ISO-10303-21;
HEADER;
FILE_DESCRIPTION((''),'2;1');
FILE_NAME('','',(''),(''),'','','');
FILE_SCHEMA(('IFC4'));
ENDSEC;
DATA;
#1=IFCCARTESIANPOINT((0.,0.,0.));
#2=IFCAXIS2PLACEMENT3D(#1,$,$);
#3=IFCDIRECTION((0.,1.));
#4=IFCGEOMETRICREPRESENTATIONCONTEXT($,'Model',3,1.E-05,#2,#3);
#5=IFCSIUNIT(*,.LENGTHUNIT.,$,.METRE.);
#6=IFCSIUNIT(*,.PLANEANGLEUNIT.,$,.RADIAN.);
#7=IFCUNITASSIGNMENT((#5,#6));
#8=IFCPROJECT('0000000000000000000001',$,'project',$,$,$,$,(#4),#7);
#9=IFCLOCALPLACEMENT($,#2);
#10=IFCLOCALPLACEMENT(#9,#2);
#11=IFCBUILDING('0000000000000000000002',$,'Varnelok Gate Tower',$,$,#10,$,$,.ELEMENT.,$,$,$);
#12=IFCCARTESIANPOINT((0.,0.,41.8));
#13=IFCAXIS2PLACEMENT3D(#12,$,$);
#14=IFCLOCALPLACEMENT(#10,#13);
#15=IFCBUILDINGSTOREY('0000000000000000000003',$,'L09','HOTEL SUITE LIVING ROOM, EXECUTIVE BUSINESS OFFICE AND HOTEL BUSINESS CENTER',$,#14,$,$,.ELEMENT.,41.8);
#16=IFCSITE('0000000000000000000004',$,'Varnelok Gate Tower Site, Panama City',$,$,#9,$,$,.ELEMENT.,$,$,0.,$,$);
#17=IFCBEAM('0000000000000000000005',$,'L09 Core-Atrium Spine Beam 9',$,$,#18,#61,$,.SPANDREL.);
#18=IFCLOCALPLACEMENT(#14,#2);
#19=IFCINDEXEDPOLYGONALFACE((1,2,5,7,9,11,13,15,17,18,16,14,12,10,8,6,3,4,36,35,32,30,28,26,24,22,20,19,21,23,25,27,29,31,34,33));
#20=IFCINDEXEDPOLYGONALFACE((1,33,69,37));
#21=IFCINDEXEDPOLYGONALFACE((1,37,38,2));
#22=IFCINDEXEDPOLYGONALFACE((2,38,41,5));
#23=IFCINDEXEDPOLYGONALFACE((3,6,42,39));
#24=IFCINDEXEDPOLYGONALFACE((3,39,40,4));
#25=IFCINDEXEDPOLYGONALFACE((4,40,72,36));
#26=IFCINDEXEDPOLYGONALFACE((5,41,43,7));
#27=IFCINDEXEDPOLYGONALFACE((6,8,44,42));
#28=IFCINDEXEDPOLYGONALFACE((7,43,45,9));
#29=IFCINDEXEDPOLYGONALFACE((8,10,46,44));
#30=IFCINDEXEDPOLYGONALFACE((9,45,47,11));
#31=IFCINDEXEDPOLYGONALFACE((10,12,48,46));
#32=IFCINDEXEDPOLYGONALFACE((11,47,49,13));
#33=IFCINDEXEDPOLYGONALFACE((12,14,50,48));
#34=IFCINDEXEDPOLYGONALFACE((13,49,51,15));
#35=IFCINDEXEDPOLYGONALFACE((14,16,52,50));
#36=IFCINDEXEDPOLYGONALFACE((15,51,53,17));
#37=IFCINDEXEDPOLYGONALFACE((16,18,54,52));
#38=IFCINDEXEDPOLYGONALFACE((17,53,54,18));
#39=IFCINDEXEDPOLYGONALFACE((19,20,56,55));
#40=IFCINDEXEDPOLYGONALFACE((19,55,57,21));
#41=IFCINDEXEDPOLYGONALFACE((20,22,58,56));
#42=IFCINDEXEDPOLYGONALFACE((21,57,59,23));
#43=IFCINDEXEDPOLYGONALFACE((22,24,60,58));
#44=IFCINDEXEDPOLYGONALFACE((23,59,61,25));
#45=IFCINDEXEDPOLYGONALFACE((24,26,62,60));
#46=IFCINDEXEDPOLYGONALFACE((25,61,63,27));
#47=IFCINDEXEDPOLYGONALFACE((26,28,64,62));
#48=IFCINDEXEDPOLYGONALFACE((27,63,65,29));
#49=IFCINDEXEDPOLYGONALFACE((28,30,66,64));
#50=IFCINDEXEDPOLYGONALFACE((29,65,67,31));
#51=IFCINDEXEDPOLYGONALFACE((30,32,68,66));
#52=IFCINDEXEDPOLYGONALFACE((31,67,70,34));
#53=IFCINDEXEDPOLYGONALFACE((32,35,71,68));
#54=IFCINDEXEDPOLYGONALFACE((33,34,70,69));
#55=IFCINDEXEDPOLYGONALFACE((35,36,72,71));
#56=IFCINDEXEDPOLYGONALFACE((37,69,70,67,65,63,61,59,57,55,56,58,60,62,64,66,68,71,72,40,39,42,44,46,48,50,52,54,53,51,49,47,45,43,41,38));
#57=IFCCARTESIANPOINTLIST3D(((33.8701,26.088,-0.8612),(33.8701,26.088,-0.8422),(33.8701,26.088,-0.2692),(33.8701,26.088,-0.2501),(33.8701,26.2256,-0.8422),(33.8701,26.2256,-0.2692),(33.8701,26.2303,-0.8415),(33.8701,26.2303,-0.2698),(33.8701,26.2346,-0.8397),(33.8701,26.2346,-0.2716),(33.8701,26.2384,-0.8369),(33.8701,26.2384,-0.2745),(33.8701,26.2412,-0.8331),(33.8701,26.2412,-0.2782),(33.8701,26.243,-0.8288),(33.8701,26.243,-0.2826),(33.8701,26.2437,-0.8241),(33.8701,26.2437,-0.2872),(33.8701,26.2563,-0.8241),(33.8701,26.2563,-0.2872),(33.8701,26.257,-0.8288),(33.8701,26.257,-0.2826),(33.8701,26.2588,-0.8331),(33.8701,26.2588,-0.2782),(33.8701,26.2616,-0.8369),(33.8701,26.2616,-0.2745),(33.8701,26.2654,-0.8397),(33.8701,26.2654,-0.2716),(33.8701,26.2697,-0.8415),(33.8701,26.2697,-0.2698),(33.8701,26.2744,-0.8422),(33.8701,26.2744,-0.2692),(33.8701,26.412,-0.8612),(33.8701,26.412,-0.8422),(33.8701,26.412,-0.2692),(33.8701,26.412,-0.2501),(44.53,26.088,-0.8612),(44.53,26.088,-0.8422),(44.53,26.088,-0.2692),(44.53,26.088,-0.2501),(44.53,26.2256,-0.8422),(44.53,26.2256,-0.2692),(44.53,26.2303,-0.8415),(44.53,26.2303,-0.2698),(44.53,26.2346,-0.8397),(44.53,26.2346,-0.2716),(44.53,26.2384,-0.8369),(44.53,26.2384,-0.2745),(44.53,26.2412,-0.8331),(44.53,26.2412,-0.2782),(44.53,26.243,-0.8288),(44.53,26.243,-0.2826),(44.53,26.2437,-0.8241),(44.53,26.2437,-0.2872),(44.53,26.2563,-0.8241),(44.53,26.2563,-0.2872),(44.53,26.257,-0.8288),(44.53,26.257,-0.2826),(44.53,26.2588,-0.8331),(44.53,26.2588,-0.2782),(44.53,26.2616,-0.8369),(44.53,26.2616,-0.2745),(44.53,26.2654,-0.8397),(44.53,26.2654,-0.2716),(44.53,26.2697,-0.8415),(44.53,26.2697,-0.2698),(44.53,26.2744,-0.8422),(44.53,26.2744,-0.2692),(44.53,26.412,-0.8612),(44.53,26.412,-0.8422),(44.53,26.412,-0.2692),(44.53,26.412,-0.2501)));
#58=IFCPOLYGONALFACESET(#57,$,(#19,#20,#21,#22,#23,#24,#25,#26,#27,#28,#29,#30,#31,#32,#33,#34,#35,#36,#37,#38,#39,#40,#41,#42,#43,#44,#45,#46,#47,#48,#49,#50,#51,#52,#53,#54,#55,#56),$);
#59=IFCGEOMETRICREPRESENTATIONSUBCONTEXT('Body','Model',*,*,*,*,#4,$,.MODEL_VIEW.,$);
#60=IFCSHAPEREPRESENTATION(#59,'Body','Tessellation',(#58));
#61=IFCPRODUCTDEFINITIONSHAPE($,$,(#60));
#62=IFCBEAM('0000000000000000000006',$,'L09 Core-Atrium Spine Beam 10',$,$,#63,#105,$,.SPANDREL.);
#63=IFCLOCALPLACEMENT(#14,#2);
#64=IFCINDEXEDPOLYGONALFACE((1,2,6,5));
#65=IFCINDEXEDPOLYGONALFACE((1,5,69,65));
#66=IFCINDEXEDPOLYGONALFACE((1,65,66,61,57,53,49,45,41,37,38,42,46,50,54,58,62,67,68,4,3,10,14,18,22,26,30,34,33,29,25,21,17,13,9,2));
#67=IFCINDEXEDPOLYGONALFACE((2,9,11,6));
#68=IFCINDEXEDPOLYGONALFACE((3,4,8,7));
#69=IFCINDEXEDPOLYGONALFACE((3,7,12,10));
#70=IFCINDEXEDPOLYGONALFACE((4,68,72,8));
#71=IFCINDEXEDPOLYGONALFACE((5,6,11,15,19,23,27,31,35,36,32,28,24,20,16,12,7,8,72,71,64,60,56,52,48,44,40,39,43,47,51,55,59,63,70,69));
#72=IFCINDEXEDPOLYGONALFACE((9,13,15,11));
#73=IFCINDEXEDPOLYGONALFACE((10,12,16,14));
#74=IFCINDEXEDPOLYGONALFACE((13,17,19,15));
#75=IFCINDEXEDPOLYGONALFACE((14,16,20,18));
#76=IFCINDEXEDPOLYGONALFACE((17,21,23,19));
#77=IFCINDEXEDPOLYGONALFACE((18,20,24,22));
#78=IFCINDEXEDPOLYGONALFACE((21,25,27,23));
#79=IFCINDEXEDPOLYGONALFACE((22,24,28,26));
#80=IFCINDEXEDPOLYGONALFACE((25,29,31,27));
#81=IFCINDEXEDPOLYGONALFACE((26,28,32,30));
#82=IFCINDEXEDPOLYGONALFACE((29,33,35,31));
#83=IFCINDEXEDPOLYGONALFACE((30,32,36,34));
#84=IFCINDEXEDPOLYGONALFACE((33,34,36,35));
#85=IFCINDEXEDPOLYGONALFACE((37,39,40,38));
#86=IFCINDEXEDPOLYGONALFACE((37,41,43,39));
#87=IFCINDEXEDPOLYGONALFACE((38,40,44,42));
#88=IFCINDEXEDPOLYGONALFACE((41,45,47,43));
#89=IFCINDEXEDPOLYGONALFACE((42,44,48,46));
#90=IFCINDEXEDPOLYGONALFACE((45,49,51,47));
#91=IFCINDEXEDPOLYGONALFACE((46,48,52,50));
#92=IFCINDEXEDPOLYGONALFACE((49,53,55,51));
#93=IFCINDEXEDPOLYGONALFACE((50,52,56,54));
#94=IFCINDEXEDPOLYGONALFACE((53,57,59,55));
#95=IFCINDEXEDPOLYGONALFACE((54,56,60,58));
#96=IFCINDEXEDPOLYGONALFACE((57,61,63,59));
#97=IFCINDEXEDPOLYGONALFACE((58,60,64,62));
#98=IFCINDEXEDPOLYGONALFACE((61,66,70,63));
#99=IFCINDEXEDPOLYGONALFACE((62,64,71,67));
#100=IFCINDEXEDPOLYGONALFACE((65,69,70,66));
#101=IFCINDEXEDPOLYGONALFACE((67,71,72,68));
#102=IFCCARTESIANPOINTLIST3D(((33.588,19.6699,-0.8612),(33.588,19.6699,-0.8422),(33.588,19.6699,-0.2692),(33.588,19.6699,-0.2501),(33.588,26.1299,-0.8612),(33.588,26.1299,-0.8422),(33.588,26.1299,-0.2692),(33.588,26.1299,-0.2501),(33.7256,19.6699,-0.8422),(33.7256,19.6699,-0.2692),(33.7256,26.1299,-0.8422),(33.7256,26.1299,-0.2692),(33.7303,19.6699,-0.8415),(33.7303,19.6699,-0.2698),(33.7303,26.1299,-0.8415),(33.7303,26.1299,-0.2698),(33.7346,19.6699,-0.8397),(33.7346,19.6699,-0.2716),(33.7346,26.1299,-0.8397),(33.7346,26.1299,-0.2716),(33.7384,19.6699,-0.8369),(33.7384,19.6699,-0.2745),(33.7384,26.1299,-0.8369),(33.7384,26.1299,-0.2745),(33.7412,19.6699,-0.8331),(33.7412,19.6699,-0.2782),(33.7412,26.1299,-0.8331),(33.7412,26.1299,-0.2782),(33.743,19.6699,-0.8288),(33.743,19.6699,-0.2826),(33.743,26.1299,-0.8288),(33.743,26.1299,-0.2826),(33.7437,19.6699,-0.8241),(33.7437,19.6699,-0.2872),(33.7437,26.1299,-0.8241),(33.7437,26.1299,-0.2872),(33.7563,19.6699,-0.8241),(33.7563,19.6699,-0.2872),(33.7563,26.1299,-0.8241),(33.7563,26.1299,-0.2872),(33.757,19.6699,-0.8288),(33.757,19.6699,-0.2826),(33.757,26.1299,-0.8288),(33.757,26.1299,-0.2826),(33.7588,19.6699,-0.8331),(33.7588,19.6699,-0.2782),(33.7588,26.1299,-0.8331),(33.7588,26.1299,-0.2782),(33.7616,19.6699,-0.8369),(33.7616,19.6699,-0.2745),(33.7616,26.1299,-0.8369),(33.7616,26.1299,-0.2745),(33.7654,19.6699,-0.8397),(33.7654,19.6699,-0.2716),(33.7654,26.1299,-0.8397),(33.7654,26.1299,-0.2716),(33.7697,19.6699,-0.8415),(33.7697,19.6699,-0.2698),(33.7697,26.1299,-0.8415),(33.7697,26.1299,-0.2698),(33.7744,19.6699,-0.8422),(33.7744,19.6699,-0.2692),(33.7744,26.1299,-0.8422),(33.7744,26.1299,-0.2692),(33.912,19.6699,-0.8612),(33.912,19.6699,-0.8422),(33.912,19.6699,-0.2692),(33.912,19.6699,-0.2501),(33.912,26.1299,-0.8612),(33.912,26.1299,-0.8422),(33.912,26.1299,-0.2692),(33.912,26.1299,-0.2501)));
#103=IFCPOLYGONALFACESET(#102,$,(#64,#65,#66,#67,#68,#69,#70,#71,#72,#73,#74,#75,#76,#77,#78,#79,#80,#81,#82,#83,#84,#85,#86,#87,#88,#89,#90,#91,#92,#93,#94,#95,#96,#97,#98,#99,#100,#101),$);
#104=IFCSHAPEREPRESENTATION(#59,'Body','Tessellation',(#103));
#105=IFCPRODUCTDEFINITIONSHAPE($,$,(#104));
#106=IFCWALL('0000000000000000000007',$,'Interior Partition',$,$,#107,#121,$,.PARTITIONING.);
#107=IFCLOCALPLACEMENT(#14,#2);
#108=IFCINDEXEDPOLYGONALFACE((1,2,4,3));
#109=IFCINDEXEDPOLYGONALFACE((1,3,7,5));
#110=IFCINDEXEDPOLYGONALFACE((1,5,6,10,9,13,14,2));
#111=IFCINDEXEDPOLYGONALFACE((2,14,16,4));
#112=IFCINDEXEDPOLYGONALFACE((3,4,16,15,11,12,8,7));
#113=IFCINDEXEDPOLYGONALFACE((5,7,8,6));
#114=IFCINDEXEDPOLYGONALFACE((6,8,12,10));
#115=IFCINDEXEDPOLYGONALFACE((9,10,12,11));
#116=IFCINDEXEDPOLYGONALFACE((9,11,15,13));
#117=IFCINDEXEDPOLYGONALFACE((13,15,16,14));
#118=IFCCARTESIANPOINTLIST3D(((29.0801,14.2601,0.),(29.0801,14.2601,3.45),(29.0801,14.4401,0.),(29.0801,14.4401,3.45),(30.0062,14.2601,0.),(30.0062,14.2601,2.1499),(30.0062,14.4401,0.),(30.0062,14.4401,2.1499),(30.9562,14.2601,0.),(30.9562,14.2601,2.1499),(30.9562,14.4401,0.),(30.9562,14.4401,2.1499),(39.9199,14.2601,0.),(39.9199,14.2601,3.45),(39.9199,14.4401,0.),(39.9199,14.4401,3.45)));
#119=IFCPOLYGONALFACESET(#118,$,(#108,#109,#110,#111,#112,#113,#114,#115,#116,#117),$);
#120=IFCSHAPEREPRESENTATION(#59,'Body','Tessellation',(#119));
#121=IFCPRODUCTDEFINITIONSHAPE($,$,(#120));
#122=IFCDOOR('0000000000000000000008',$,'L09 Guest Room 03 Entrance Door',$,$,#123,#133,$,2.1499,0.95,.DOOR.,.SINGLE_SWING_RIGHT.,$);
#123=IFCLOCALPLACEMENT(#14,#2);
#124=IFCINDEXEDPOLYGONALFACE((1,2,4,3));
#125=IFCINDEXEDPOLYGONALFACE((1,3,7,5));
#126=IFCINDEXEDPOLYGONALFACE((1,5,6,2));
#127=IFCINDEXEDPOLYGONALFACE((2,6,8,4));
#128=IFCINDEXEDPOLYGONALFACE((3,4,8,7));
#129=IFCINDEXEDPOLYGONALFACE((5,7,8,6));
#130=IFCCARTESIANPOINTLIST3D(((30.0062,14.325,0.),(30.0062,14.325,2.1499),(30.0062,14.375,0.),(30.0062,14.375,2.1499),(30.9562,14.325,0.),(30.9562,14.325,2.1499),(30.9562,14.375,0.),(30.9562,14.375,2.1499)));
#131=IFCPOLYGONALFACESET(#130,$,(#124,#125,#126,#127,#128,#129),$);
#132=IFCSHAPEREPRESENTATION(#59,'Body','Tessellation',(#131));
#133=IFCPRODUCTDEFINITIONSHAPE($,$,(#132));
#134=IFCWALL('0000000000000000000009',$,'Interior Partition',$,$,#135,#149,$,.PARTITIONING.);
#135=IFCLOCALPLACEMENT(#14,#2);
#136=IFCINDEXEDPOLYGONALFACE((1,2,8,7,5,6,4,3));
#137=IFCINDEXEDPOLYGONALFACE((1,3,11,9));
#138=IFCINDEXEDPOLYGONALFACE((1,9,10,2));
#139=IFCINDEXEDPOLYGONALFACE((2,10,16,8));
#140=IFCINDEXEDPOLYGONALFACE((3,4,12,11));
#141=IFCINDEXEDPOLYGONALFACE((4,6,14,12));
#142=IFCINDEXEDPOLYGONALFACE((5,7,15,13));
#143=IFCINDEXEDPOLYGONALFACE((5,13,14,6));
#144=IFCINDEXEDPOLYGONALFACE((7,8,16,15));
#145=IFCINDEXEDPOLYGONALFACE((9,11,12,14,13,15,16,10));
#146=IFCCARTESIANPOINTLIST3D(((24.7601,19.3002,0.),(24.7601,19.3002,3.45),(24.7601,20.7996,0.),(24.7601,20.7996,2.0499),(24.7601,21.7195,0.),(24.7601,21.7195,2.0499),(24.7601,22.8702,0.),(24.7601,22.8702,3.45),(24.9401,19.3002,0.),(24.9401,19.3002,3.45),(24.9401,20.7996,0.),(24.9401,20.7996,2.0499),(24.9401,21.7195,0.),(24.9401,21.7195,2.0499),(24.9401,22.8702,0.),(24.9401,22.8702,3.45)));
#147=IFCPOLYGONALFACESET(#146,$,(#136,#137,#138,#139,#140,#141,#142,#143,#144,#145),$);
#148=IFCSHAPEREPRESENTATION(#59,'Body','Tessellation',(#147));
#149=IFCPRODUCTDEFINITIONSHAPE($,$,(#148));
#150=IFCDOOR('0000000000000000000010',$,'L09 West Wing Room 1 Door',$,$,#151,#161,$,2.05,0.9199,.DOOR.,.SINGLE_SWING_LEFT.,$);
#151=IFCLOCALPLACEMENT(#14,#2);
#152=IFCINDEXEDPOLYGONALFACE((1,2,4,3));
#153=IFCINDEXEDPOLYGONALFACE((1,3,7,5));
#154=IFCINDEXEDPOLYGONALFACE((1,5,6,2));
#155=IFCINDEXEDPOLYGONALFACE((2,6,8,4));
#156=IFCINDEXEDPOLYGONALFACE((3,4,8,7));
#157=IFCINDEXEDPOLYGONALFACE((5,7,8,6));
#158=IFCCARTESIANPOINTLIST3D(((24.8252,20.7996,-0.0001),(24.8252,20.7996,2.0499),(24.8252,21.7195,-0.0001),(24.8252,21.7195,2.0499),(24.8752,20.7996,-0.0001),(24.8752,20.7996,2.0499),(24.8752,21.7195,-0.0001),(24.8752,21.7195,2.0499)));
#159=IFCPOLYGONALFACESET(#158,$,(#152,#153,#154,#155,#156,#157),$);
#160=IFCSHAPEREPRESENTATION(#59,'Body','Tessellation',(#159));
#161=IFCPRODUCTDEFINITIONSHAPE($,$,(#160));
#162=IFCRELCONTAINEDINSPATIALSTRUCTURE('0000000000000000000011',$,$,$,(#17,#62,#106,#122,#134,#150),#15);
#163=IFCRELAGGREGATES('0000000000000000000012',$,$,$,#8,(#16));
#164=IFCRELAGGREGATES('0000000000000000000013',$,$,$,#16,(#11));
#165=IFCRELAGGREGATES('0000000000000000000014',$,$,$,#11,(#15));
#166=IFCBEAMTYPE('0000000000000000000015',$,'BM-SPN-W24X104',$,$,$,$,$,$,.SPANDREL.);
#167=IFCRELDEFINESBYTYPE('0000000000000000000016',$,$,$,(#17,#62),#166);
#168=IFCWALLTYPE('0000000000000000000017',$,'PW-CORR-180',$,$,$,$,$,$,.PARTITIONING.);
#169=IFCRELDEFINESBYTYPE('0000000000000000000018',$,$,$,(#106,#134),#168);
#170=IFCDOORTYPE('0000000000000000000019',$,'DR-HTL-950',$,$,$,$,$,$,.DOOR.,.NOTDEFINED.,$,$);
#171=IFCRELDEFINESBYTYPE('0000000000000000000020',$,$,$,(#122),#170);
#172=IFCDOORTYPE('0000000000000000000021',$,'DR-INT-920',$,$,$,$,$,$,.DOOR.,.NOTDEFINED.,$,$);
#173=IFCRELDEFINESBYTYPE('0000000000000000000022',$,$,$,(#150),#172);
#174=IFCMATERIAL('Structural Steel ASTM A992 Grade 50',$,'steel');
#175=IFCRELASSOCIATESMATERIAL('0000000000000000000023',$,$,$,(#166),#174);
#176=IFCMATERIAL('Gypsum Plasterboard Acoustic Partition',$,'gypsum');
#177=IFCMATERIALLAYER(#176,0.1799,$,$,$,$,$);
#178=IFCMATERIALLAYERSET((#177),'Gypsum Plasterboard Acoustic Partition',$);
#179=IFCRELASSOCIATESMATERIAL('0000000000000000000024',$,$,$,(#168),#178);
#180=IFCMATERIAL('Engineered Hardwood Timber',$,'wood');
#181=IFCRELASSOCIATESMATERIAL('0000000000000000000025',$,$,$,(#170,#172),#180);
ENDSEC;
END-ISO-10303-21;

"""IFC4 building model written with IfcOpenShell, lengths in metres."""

from ifc_helpers import new_model, si_unit, direction, frame, frame_2d, origin, origin_2d, place, context, subcontext, project, spatial, rectangle, i_section, extrude, material, layer, layer_set, material_profile, profile_set, type_object, element, fill, save


model = new_model("IFC4")

# Units and contexts
model_context = context("Model", 3, precision=1e-05, world=origin(), true_north=direction((0.0, 1.0)))
body_context = subcontext(model_context, "Body", "Model", "MODEL_VIEW")
ifc_project = project(units=[si_unit("LENGTHUNIT", "METRE"), si_unit("PLANEANGLEUNIT", "RADIAN")], contexts=[model_context])

# Site, building, storey
site_placement = place(None, origin())
site = spatial("IfcSite", under=ifc_project, at=site_placement, Name="Varnelok Gate Tower Site, Panama City", CompositionType="ELEMENT", RefElevation=0.0)
building_placement = place(site_placement, origin())
building = spatial("IfcBuilding", under=site, at=building_placement, Name="Varnelok Gate Tower", CompositionType="ELEMENT")
storey_placement = place(building_placement, frame((0.0, 0.0, 41.8)))
storey = spatial("IfcBuildingStorey", under=building, at=storey_placement, Name="L09", Description="HOTEL SUITE LIVING ROOM, EXECUTIVE BUSINESS OFFICE AND HOTEL BUSINESS CENTER", CompositionType="ELEMENT", Elevation=41.8)

# Shared definitions
ifc_material_1 = material(Name="Structural Steel ASTM A992 Grade 50", Category="steel")

# Beams
ifc_material_profile_1 = material_profile(ifc_material_1, i_section(OverallWidth=0.324, OverallDepth=0.6111, WebThickness=0.0127, FlangeThickness=0.019, FilletRadius=0.0181, at=origin_2d()), Name="W24X104")
ifc_profile_set_1 = profile_set([ifc_material_profile_1], Name="Structural Steel ASTM A992 Grade 50")
beam_type_1 = type_object("IfcBeamType", Name="BM-SPN-W24X104", PredefinedType="SPANDREL", material=ifc_profile_set_1)
for number, where, z_axis, x_axis, name in (
    (1, (33.8701, 26.25, -0.5557), (1.0, 0.0, 0.0), (0.0, 1.0, 0.0), "L09 Core-Atrium Spine Beam 9"),
):
    element("IfcBeam", number, at=place(storey_placement, frame(where, z_axis=z_axis, x_axis=x_axis)), inside=storey, type_object=beam_type_1, Name=name, PredefinedType="SPANDREL", context=body_context, shape_type="SweptSolid", body=[
        extrude(i_section(OverallWidth=0.324, OverallDepth=0.6111, WebThickness=0.0127, FlangeThickness=0.019, FilletRadius=0.0181, at=origin_2d()), origin(), (0.0, 0.0, 1.0), 10.6599),
    ])
beam_1_placement = place(storey_placement, frame((33.75, 19.6699, -0.5557), z_axis=(0.0, 1.0, 0.0), x_axis=(-1.0, 0.0, 0.0)))
element("IfcBeam", 2, at=beam_1_placement, inside=storey, type_object=beam_type_1, Name="L09 Core-Atrium Spine Beam 10", PredefinedType="SPANDREL", context=body_context, shape_type="SweptSolid", body=[
    extrude(i_section(OverallWidth=0.324, OverallDepth=0.6111, WebThickness=0.0127, FlangeThickness=0.019, FilletRadius=0.0181, at=origin_2d()), origin(), (0.0, 0.0, 1.0), 6.46),
])

# Walls, openings, doors
ifc_material_2 = material(Name="Gypsum Plasterboard Acoustic Partition", Category="gypsum")
ifc_layer_1 = layer(ifc_material_2, 0.1799)
ifc_layer_set_1 = layer_set([ifc_layer_1], Name="Gypsum Plasterboard Acoustic Partition")
wall_type_1 = type_object("IfcWallType", Name="PW-CORR-180", PredefinedType="PARTITIONING", material=ifc_layer_set_1)
wall_1_placement = place(storey_placement, frame((29.0801, 14.3501, 0.0), z_axis=(0.0, 0.0, 1.0), x_axis=(1.0, 0.0, 0.0)))
wall_1 = element("IfcWall", 3, at=wall_1_placement, inside=storey, type_object=wall_type_1, Name="Interior Partition", PredefinedType="PARTITIONING", context=body_context, shape_type="SweptSolid", body=[
    extrude(rectangle(XDim=10.8398, YDim=0.1799, at=frame_2d((5.4199, 0.0))), origin(), (0.0, 0.0, 1.0), 3.45),
])
opening_1_placement = place(wall_1_placement, frame((0.926, 0.0, 0.0)))
opening_1 = element("IfcOpeningElement", 4, at=opening_1_placement, cuts=wall_1, PredefinedType="OPENING", context=body_context, shape_type="SweptSolid", body=[
    extrude(rectangle(XDim=0.95, YDim=2.1499, at=frame_2d((0.4751, 1.075))), frame((0.0, 0.0999, 0.0), z_axis=(0.0, -1.0, 0.0), x_axis=(1.0, 0.0, 0.0)), (0.0, 0.0, 1.0), 0.2),
])
ifc_material_3 = material(Name="Engineered Hardwood Timber", Category="wood")
door_type_1 = type_object("IfcDoorType", Name="DR-HTL-950", OperationType="NOTDEFINED", PredefinedType="DOOR", material=ifc_material_3)
door_1_placement = place(opening_1_placement, origin())
door_1 = element("IfcDoor", 5, at=door_1_placement, inside=storey, type_object=door_type_1, Name="L09 Guest Room 03 Entrance Door", OperationType="SINGLE_SWING_RIGHT", OverallHeight=2.1499, OverallWidth=0.95, PredefinedType="DOOR", context=body_context, shape_type="SweptSolid", body=[
    extrude(rectangle(XDim=0.95, YDim=2.1499, at=frame_2d((0.4751, 1.075))), frame((0.0, 0.0249, 0.0), z_axis=(0.0, -1.0, 0.0), x_axis=(1.0, 0.0, 0.0)), (0.0, 0.0, 1.0), 0.05),
])
fill(opening_1, door_1)
wall_2_placement = place(storey_placement, frame((24.8501, 19.3, 0.0), z_axis=(0.0, 0.0, 1.0), x_axis=(0.0, 1.0, 0.0)))
wall_2 = element("IfcWall", 6, at=wall_2_placement, inside=storey, type_object=wall_type_1, Name="Interior Partition", PredefinedType="PARTITIONING", context=body_context, shape_type="SweptSolid", body=[
    extrude(rectangle(XDim=3.5701, YDim=0.1799, at=frame_2d((1.7852, 0.0))), origin(), (0.0, 0.0, 1.0), 3.45),
])
opening_2_placement = place(wall_2_placement, frame((1.4995, 0.0, 0.0)))
opening_2 = element("IfcOpeningElement", 7, at=opening_2_placement, cuts=wall_2, PredefinedType="OPENING", context=body_context, shape_type="SweptSolid", body=[
    extrude(rectangle(XDim=0.9199, YDim=2.05, at=frame_2d((0.46, 1.0249))), frame((0.0, 0.0999, 0.0), z_axis=(0.0, -1.0, 0.0), x_axis=(1.0, 0.0, 0.0)), (0.0, 0.0, 1.0), 0.2),
])
door_type_2 = type_object("IfcDoorType", Name="DR-INT-920", OperationType="NOTDEFINED", PredefinedType="DOOR", material=ifc_material_3)
door_2_placement = place(opening_2_placement, origin())
door_2 = element("IfcDoor", 8, at=door_2_placement, inside=storey, type_object=door_type_2, Name="L09 West Wing Room 1 Door", OperationType="SINGLE_SWING_LEFT", OverallHeight=2.05, OverallWidth=0.9199, PredefinedType="DOOR", context=body_context, shape_type="SweptSolid", body=[
    extrude(rectangle(XDim=0.9199, YDim=2.05, at=frame_2d((0.46, 1.0249))), frame((0.0, 0.0249, 0.0), z_axis=(0.0, -1.0, 0.0), x_axis=(1.0, 0.0, 0.0)), (0.0, 0.0, 1.0), 0.05),
])
fill(opening_2, door_2)

save(model, "model.ifc")
